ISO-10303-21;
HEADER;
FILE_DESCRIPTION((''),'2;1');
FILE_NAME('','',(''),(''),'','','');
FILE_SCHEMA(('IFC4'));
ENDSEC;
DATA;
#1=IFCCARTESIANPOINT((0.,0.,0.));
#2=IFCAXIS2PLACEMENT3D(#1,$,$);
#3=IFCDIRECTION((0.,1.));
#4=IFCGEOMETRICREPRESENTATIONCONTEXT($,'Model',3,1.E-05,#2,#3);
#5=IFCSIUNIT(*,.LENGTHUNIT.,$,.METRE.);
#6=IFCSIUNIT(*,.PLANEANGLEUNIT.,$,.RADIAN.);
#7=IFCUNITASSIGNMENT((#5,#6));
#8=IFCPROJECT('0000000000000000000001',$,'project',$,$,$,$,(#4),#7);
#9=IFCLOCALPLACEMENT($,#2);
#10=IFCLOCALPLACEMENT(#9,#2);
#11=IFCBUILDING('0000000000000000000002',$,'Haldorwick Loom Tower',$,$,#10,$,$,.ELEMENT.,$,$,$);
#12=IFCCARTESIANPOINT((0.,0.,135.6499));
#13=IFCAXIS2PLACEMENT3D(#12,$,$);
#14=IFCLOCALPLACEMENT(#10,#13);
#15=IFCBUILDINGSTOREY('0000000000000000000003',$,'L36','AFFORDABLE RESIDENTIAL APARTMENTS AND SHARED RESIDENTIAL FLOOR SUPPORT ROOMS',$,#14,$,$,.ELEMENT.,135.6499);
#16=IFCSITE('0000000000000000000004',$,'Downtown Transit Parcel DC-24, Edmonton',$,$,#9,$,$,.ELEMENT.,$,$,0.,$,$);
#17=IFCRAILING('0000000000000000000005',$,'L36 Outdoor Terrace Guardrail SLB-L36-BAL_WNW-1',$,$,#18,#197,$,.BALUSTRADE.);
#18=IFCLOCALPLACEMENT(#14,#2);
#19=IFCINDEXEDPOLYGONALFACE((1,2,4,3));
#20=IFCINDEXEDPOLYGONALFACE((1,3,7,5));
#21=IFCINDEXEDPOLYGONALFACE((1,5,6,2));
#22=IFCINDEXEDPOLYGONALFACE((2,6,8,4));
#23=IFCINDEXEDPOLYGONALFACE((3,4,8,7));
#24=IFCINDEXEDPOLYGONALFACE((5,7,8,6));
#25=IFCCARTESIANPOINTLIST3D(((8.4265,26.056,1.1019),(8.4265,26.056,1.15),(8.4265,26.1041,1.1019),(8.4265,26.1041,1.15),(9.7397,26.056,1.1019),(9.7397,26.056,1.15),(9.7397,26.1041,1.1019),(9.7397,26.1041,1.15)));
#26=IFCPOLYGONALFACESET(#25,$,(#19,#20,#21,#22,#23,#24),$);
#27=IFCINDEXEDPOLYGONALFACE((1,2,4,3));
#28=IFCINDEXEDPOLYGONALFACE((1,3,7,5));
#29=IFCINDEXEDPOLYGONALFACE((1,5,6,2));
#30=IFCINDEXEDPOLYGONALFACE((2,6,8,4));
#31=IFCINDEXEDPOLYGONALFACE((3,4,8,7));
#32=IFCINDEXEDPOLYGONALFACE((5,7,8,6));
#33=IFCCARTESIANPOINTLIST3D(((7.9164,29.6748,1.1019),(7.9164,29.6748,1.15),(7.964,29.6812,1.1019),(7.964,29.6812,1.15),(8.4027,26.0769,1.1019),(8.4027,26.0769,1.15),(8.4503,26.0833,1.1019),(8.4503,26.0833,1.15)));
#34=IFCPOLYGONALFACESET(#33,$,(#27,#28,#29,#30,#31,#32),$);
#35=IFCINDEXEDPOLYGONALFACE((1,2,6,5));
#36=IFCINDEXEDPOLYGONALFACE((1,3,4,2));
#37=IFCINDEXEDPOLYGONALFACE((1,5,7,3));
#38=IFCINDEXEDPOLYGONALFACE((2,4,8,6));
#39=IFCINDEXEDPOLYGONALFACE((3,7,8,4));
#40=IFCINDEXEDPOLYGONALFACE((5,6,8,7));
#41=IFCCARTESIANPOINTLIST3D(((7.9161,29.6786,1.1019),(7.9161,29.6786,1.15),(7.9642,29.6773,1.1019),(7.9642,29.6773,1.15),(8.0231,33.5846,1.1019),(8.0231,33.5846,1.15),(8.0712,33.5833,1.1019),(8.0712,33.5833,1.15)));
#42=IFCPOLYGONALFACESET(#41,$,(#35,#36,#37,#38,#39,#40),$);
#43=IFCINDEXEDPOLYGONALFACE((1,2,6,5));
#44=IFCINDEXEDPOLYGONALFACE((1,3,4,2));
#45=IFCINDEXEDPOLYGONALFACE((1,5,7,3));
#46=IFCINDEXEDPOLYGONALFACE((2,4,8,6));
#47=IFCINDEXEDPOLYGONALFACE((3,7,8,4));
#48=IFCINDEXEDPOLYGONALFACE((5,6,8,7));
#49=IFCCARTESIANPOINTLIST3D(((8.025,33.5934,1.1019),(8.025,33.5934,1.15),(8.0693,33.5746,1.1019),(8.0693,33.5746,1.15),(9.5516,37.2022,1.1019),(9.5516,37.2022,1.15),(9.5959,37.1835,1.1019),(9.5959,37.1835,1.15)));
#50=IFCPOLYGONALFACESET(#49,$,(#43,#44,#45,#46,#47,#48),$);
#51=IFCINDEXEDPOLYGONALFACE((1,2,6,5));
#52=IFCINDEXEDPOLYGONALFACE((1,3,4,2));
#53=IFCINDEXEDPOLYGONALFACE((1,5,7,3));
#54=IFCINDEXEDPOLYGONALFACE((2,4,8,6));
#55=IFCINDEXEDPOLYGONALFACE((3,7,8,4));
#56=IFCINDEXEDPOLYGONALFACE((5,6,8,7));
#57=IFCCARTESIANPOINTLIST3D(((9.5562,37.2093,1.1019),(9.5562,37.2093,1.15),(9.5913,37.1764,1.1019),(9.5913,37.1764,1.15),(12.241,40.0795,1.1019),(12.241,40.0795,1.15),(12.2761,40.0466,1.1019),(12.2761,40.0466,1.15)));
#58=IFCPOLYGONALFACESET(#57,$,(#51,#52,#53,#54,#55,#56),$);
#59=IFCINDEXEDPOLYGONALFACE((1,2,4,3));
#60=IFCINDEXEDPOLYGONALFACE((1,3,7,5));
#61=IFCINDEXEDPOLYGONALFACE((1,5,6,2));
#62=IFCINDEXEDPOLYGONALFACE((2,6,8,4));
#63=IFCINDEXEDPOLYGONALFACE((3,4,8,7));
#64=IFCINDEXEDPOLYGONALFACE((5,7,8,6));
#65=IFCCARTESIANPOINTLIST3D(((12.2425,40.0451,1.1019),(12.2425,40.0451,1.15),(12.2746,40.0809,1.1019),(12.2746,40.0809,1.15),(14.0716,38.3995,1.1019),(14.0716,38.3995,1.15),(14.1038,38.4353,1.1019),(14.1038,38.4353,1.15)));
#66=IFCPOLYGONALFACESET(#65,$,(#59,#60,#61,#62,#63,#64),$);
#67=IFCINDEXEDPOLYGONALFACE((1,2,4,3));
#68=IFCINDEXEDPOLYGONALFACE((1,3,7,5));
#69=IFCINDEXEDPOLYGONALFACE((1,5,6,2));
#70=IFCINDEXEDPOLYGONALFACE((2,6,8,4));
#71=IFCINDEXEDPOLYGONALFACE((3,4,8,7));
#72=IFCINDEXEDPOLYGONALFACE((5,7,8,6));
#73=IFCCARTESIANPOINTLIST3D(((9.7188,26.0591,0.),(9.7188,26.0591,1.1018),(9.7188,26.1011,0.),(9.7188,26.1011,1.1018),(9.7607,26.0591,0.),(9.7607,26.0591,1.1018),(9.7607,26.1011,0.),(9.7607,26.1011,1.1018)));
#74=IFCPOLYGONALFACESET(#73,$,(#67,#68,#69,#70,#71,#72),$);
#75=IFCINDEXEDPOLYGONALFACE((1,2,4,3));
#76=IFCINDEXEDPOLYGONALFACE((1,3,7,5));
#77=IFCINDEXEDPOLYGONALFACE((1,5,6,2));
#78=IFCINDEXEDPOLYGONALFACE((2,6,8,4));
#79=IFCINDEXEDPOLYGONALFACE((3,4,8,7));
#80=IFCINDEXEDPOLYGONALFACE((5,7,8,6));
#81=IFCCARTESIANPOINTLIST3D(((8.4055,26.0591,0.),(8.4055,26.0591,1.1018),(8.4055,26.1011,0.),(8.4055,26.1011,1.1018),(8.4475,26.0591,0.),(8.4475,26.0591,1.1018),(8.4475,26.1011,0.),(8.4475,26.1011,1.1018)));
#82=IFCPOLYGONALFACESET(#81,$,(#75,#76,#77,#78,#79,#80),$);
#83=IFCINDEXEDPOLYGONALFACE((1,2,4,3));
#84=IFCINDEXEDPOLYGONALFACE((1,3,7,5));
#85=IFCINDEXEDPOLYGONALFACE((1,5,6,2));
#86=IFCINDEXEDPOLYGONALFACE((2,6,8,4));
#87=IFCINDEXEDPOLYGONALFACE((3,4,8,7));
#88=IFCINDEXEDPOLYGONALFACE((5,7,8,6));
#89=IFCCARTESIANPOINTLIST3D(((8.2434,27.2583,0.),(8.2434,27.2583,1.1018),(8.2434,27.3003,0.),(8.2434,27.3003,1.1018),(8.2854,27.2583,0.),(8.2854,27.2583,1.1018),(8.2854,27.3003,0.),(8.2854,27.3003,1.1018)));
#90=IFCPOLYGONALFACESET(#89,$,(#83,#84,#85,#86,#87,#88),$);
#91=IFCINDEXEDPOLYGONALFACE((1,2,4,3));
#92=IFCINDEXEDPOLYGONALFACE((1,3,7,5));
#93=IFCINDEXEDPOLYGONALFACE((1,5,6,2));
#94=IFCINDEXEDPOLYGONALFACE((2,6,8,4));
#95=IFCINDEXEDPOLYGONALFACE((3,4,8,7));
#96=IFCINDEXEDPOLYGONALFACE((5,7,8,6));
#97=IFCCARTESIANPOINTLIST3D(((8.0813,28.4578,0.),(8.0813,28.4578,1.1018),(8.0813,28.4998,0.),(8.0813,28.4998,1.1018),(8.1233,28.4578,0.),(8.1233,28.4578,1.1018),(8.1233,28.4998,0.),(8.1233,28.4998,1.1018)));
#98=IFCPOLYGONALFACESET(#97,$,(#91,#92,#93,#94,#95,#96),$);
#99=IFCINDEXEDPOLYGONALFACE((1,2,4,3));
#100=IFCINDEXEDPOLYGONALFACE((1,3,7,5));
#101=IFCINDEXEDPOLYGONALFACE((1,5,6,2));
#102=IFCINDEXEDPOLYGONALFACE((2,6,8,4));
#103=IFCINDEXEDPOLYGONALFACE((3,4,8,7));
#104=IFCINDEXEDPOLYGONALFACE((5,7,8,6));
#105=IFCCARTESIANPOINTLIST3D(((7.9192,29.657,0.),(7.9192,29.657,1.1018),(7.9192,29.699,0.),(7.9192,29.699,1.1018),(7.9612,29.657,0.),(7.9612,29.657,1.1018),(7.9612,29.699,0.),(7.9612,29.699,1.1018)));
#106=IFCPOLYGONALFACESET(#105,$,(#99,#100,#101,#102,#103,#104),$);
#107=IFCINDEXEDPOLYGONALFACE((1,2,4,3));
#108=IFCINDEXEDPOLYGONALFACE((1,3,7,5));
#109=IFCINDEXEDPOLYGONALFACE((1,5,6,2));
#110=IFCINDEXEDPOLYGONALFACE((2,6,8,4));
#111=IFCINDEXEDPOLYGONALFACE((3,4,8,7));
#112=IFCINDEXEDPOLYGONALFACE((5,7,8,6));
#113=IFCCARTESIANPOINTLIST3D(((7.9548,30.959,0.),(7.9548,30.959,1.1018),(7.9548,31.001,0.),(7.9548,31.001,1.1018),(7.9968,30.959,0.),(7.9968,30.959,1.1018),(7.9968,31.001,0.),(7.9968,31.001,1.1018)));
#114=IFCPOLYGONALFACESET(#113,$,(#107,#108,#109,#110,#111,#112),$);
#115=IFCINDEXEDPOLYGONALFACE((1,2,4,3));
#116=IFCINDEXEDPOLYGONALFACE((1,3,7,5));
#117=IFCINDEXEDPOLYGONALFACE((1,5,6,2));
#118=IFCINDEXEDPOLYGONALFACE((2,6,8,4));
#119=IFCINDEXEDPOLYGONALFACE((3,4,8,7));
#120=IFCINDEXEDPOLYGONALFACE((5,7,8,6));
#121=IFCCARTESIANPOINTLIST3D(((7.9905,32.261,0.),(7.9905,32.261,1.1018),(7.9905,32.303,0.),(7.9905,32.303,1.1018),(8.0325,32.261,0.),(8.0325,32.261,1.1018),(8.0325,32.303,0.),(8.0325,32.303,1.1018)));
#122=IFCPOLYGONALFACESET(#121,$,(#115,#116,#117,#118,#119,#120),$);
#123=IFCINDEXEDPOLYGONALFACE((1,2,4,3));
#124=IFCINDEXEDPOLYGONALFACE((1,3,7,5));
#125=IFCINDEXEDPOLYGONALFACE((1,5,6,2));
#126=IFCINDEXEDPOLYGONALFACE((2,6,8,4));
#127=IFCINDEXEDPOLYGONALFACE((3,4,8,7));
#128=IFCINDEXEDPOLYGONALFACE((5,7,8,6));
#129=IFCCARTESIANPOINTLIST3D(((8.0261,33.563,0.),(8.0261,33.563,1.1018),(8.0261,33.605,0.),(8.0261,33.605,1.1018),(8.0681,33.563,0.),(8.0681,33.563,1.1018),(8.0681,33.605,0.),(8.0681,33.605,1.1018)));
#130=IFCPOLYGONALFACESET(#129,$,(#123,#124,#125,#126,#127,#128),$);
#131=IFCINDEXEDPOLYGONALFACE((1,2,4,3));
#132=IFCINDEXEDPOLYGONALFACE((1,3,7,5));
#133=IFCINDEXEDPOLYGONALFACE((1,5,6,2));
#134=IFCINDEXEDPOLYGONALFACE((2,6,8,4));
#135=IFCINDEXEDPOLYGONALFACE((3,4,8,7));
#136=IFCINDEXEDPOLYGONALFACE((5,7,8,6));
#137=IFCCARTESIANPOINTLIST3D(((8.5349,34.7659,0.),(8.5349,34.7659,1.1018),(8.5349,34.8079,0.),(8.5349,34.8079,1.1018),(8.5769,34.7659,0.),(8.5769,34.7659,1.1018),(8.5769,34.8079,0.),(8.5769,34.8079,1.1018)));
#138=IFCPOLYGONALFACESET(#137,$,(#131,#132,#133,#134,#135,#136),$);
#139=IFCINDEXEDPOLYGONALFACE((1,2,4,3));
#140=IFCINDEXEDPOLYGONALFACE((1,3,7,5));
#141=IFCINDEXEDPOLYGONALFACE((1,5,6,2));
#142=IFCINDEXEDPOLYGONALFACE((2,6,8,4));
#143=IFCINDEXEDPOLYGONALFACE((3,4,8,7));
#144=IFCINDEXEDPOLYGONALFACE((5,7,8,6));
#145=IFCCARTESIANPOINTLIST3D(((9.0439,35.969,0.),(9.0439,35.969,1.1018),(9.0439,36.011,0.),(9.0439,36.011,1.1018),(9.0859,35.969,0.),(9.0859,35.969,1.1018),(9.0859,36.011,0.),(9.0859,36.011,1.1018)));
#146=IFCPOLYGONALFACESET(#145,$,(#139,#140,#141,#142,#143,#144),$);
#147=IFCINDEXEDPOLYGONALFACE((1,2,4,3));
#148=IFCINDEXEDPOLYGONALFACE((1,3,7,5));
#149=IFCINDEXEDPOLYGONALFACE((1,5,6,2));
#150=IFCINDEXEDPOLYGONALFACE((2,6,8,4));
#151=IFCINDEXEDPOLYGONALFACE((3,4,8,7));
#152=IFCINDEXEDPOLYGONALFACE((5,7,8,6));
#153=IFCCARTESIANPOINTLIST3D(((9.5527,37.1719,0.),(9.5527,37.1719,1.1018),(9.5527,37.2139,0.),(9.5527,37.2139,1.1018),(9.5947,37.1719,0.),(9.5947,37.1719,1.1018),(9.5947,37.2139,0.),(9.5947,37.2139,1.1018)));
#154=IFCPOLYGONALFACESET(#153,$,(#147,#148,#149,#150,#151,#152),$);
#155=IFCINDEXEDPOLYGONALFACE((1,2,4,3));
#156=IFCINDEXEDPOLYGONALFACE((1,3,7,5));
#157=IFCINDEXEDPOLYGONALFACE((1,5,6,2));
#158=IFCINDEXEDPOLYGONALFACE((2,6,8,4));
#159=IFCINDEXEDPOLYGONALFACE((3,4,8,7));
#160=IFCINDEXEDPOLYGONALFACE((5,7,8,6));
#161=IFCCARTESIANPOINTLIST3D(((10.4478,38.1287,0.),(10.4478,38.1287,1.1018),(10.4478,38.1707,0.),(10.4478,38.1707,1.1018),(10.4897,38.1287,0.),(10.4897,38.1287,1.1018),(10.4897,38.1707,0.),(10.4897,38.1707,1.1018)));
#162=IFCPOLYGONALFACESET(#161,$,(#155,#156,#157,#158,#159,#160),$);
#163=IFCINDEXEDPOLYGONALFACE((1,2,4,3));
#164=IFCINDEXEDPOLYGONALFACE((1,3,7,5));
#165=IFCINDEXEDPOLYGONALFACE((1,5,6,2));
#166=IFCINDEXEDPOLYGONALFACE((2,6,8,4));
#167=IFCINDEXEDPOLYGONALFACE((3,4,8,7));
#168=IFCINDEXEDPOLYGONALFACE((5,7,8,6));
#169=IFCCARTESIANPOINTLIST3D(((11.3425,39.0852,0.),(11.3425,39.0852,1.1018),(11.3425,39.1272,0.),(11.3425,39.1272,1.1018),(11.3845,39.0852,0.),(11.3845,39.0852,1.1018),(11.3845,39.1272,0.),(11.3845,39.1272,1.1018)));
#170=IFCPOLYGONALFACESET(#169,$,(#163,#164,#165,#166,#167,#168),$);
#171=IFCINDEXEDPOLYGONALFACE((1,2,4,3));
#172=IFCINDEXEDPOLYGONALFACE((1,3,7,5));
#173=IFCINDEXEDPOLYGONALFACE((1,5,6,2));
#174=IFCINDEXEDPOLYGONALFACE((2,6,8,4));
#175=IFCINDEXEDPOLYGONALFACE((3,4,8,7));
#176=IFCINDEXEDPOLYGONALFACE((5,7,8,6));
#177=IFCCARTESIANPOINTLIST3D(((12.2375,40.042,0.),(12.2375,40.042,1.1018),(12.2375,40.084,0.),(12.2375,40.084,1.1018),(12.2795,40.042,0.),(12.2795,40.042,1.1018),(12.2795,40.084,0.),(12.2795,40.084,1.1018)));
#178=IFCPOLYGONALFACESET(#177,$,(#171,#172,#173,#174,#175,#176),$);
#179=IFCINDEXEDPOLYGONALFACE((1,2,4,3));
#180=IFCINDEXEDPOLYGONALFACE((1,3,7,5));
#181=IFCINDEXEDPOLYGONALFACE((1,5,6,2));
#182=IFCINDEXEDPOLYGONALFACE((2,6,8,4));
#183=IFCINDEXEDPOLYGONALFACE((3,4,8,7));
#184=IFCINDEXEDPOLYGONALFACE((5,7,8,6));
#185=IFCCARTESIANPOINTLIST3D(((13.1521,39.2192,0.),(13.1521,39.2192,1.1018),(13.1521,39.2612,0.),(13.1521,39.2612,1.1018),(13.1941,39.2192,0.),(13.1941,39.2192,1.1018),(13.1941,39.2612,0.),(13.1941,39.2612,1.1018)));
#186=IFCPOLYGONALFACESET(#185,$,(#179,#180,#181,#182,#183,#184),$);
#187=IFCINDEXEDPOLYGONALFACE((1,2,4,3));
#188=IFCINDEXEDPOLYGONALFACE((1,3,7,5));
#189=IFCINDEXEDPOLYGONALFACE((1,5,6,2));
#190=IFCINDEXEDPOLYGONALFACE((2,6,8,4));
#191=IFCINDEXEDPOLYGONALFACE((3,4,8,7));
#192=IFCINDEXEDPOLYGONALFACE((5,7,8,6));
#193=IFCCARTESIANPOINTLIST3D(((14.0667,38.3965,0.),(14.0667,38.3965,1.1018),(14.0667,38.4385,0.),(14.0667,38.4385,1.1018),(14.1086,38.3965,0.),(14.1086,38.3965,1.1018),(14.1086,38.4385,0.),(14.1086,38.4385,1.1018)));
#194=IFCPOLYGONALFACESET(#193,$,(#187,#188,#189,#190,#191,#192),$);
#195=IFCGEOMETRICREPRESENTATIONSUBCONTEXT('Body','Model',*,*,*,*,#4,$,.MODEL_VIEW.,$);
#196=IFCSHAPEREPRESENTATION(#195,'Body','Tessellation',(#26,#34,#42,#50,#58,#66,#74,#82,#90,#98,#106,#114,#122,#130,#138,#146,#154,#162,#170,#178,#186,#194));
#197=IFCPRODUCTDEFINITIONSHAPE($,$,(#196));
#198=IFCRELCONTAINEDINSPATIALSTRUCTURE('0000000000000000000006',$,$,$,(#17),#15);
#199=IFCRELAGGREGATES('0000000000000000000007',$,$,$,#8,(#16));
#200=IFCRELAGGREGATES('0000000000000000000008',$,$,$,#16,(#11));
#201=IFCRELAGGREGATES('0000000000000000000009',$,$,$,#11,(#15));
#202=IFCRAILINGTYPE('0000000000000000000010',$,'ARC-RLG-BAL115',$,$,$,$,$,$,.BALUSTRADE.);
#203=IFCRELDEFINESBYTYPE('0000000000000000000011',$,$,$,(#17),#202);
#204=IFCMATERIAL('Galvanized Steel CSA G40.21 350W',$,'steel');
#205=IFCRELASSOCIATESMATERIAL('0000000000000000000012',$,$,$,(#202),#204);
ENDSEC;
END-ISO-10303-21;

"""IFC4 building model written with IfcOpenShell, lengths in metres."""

from ifc_helpers import new_model, si_unit, direction, frame, origin, origin_2d, place, context, subcontext, project, spatial, rectangle, extrude, material, type_object, element, save


model = new_model("IFC4")

# Units and contexts
model_context = context("Model", 3, precision=1e-05, world=origin(), true_north=direction((0.0, 1.0)))
body_context = subcontext(model_context, "Body", "Model", "MODEL_VIEW")
ifc_project = project(units=[si_unit("LENGTHUNIT", "METRE"), si_unit("PLANEANGLEUNIT", "RADIAN")], contexts=[model_context])

# Site, building, storey
site_placement = place(None, origin())
site = spatial("IfcSite", under=ifc_project, at=site_placement, Name="Downtown Transit Parcel DC-24, Edmonton", CompositionType="ELEMENT", RefElevation=0.0)
building_placement = place(site_placement, origin())
building = spatial("IfcBuilding", under=site, at=building_placement, Name="Haldorwick Loom Tower", CompositionType="ELEMENT")
storey_placement = place(building_placement, frame((0.0, 0.0, 135.6499)))
storey = spatial("IfcBuildingStorey", under=building, at=storey_placement, Name="L36", Description="AFFORDABLE RESIDENTIAL APARTMENTS AND SHARED RESIDENTIAL FLOOR SUPPORT ROOMS", CompositionType="ELEMENT", Elevation=135.6499)

# Railing
ifc_material_1 = material(Name="Galvanized Steel CSA G40.21 350W", Category="steel")
railing_type = type_object("IfcRailingType", Name="ARC-RLG-BAL115", PredefinedType="BALUSTRADE", material=ifc_material_1)
railing_placement = place(storey_placement, frame((9.7397, 26.0801, 0.0)))
element("IfcRailing", 1, at=railing_placement, inside=storey, type_object=railing_type, Name="L36 Outdoor Terrace Guardrail SLB-L36-BAL_WNW-1", PredefinedType="BALUSTRADE", context=body_context, shape_type="SweptSolid", body=[
    extrude(rectangle(XDim=0.0481, YDim=0.0481, at=origin_2d()), frame((0.0, 0.0, 1.126), z_axis=(-1.0, 0.0, 0.0), x_axis=(0.0, -1.0, 0.0)), (0.0, 0.0, 1.0), 1.3132),
    extrude(rectangle(XDim=0.0481, YDim=0.0481, at=origin_2d()), frame((-1.3132, 0.0, 1.126), z_axis=(-0.133952, 0.990988, 0.0), x_axis=(-0.990988, -0.133952, 0.0)), (0.0, 0.0, 1.0), 3.6306),
    extrude(rectangle(XDim=0.0481, YDim=0.0481, at=origin_2d()), frame((-1.7996, 3.5979, 1.126), z_axis=(0.027366, 0.999625, 0.0), x_axis=(-0.999625, 0.027366, 0.0)), (0.0, 0.0, 1.0), 3.9075),
    extrude(rectangle(XDim=0.0481, YDim=0.0481, at=origin_2d()), frame((-1.6926, 7.5039, 1.126), z_axis=(0.389591, 0.920988, 0.0), x_axis=(-0.920988, 0.389591, 0.0)), (0.0, 0.0, 1.0), 3.9185),
    extrude(rectangle(XDim=0.0481, YDim=0.0481, at=origin_2d()), frame((-0.166, 11.1128, 1.126), z_axis=(0.683139, 0.730288, 0.0), x_axis=(-0.730288, 0.683139, 0.0)), (0.0, 0.0, 1.0), 3.9302),
    extrude(rectangle(XDim=0.0481, YDim=0.0481, at=origin_2d()), frame((2.5188, 13.9829, 1.126), z_axis=(0.743432, -0.668811, 0.0), x_axis=(0.668811, 0.743432, 0.0)), (0.0, 0.0, 1.0), 2.4604),
    extrude(rectangle(XDim=0.042, YDim=0.042, at=origin_2d()), origin(), (0.0, 0.0, 1.0), 1.1018),
    extrude(rectangle(XDim=0.042, YDim=0.042, at=origin_2d()), frame((-1.3132, 0.0, 0.0)), (0.0, 0.0, 1.0), 1.1018),
    extrude(rectangle(XDim=0.042, YDim=0.042, at=origin_2d()), frame((-1.4753, 1.1992, 0.0)), (0.0, 0.0, 1.0), 1.1018),
    extrude(rectangle(XDim=0.042, YDim=0.042, at=origin_2d()), frame((-1.6375, 2.3987, 0.0)), (0.0, 0.0, 1.0), 1.1018),
    extrude(rectangle(XDim=0.042, YDim=0.042, at=origin_2d()), frame((-1.7996, 3.5979, 0.0)), (0.0, 0.0, 1.0), 1.1018),
    extrude(rectangle(XDim=0.042, YDim=0.042, at=origin_2d()), frame((-1.7639, 4.8999, 0.0)), (0.0, 0.0, 1.0), 1.1018),
    extrude(rectangle(XDim=0.042, YDim=0.042, at=origin_2d()), frame((-1.7283, 6.2019, 0.0)), (0.0, 0.0, 1.0), 1.1018),
    extrude(rectangle(XDim=0.042, YDim=0.042, at=origin_2d()), frame((-1.6926, 7.5039, 0.0)), (0.0, 0.0, 1.0), 1.1018),
    extrude(rectangle(XDim=0.042, YDim=0.042, at=origin_2d()), frame((-1.1838, 8.7068, 0.0)), (0.0, 0.0, 1.0), 1.1018),
    extrude(rectangle(XDim=0.042, YDim=0.042, at=origin_2d()), frame((-0.6748, 9.9099, 0.0)), (0.0, 0.0, 1.0), 1.1018),
    extrude(rectangle(XDim=0.042, YDim=0.042, at=origin_2d()), frame((-0.166, 11.1128, 0.0)), (0.0, 0.0, 1.0), 1.1018),
    extrude(rectangle(XDim=0.042, YDim=0.042, at=origin_2d()), frame((0.729, 12.0696, 0.0)), (0.0, 0.0, 1.0), 1.1018),
    extrude(rectangle(XDim=0.042, YDim=0.042, at=origin_2d()), frame((1.6238, 13.0261, 0.0)), (0.0, 0.0, 1.0), 1.1018),
    extrude(rectangle(XDim=0.042, YDim=0.042, at=origin_2d()), frame((2.5188, 13.9829, 0.0)), (0.0, 0.0, 1.0), 1.1018),
    extrude(rectangle(XDim=0.042, YDim=0.042, at=origin_2d()), frame((3.4333, 13.1602, 0.0)), (0.0, 0.0, 1.0), 1.1018),
    extrude(rectangle(XDim=0.042, YDim=0.042, at=origin_2d()), frame((4.3479, 12.3374, 0.0)), (0.0, 0.0, 1.0), 1.1018),
])

save(model, "model.ifc")
